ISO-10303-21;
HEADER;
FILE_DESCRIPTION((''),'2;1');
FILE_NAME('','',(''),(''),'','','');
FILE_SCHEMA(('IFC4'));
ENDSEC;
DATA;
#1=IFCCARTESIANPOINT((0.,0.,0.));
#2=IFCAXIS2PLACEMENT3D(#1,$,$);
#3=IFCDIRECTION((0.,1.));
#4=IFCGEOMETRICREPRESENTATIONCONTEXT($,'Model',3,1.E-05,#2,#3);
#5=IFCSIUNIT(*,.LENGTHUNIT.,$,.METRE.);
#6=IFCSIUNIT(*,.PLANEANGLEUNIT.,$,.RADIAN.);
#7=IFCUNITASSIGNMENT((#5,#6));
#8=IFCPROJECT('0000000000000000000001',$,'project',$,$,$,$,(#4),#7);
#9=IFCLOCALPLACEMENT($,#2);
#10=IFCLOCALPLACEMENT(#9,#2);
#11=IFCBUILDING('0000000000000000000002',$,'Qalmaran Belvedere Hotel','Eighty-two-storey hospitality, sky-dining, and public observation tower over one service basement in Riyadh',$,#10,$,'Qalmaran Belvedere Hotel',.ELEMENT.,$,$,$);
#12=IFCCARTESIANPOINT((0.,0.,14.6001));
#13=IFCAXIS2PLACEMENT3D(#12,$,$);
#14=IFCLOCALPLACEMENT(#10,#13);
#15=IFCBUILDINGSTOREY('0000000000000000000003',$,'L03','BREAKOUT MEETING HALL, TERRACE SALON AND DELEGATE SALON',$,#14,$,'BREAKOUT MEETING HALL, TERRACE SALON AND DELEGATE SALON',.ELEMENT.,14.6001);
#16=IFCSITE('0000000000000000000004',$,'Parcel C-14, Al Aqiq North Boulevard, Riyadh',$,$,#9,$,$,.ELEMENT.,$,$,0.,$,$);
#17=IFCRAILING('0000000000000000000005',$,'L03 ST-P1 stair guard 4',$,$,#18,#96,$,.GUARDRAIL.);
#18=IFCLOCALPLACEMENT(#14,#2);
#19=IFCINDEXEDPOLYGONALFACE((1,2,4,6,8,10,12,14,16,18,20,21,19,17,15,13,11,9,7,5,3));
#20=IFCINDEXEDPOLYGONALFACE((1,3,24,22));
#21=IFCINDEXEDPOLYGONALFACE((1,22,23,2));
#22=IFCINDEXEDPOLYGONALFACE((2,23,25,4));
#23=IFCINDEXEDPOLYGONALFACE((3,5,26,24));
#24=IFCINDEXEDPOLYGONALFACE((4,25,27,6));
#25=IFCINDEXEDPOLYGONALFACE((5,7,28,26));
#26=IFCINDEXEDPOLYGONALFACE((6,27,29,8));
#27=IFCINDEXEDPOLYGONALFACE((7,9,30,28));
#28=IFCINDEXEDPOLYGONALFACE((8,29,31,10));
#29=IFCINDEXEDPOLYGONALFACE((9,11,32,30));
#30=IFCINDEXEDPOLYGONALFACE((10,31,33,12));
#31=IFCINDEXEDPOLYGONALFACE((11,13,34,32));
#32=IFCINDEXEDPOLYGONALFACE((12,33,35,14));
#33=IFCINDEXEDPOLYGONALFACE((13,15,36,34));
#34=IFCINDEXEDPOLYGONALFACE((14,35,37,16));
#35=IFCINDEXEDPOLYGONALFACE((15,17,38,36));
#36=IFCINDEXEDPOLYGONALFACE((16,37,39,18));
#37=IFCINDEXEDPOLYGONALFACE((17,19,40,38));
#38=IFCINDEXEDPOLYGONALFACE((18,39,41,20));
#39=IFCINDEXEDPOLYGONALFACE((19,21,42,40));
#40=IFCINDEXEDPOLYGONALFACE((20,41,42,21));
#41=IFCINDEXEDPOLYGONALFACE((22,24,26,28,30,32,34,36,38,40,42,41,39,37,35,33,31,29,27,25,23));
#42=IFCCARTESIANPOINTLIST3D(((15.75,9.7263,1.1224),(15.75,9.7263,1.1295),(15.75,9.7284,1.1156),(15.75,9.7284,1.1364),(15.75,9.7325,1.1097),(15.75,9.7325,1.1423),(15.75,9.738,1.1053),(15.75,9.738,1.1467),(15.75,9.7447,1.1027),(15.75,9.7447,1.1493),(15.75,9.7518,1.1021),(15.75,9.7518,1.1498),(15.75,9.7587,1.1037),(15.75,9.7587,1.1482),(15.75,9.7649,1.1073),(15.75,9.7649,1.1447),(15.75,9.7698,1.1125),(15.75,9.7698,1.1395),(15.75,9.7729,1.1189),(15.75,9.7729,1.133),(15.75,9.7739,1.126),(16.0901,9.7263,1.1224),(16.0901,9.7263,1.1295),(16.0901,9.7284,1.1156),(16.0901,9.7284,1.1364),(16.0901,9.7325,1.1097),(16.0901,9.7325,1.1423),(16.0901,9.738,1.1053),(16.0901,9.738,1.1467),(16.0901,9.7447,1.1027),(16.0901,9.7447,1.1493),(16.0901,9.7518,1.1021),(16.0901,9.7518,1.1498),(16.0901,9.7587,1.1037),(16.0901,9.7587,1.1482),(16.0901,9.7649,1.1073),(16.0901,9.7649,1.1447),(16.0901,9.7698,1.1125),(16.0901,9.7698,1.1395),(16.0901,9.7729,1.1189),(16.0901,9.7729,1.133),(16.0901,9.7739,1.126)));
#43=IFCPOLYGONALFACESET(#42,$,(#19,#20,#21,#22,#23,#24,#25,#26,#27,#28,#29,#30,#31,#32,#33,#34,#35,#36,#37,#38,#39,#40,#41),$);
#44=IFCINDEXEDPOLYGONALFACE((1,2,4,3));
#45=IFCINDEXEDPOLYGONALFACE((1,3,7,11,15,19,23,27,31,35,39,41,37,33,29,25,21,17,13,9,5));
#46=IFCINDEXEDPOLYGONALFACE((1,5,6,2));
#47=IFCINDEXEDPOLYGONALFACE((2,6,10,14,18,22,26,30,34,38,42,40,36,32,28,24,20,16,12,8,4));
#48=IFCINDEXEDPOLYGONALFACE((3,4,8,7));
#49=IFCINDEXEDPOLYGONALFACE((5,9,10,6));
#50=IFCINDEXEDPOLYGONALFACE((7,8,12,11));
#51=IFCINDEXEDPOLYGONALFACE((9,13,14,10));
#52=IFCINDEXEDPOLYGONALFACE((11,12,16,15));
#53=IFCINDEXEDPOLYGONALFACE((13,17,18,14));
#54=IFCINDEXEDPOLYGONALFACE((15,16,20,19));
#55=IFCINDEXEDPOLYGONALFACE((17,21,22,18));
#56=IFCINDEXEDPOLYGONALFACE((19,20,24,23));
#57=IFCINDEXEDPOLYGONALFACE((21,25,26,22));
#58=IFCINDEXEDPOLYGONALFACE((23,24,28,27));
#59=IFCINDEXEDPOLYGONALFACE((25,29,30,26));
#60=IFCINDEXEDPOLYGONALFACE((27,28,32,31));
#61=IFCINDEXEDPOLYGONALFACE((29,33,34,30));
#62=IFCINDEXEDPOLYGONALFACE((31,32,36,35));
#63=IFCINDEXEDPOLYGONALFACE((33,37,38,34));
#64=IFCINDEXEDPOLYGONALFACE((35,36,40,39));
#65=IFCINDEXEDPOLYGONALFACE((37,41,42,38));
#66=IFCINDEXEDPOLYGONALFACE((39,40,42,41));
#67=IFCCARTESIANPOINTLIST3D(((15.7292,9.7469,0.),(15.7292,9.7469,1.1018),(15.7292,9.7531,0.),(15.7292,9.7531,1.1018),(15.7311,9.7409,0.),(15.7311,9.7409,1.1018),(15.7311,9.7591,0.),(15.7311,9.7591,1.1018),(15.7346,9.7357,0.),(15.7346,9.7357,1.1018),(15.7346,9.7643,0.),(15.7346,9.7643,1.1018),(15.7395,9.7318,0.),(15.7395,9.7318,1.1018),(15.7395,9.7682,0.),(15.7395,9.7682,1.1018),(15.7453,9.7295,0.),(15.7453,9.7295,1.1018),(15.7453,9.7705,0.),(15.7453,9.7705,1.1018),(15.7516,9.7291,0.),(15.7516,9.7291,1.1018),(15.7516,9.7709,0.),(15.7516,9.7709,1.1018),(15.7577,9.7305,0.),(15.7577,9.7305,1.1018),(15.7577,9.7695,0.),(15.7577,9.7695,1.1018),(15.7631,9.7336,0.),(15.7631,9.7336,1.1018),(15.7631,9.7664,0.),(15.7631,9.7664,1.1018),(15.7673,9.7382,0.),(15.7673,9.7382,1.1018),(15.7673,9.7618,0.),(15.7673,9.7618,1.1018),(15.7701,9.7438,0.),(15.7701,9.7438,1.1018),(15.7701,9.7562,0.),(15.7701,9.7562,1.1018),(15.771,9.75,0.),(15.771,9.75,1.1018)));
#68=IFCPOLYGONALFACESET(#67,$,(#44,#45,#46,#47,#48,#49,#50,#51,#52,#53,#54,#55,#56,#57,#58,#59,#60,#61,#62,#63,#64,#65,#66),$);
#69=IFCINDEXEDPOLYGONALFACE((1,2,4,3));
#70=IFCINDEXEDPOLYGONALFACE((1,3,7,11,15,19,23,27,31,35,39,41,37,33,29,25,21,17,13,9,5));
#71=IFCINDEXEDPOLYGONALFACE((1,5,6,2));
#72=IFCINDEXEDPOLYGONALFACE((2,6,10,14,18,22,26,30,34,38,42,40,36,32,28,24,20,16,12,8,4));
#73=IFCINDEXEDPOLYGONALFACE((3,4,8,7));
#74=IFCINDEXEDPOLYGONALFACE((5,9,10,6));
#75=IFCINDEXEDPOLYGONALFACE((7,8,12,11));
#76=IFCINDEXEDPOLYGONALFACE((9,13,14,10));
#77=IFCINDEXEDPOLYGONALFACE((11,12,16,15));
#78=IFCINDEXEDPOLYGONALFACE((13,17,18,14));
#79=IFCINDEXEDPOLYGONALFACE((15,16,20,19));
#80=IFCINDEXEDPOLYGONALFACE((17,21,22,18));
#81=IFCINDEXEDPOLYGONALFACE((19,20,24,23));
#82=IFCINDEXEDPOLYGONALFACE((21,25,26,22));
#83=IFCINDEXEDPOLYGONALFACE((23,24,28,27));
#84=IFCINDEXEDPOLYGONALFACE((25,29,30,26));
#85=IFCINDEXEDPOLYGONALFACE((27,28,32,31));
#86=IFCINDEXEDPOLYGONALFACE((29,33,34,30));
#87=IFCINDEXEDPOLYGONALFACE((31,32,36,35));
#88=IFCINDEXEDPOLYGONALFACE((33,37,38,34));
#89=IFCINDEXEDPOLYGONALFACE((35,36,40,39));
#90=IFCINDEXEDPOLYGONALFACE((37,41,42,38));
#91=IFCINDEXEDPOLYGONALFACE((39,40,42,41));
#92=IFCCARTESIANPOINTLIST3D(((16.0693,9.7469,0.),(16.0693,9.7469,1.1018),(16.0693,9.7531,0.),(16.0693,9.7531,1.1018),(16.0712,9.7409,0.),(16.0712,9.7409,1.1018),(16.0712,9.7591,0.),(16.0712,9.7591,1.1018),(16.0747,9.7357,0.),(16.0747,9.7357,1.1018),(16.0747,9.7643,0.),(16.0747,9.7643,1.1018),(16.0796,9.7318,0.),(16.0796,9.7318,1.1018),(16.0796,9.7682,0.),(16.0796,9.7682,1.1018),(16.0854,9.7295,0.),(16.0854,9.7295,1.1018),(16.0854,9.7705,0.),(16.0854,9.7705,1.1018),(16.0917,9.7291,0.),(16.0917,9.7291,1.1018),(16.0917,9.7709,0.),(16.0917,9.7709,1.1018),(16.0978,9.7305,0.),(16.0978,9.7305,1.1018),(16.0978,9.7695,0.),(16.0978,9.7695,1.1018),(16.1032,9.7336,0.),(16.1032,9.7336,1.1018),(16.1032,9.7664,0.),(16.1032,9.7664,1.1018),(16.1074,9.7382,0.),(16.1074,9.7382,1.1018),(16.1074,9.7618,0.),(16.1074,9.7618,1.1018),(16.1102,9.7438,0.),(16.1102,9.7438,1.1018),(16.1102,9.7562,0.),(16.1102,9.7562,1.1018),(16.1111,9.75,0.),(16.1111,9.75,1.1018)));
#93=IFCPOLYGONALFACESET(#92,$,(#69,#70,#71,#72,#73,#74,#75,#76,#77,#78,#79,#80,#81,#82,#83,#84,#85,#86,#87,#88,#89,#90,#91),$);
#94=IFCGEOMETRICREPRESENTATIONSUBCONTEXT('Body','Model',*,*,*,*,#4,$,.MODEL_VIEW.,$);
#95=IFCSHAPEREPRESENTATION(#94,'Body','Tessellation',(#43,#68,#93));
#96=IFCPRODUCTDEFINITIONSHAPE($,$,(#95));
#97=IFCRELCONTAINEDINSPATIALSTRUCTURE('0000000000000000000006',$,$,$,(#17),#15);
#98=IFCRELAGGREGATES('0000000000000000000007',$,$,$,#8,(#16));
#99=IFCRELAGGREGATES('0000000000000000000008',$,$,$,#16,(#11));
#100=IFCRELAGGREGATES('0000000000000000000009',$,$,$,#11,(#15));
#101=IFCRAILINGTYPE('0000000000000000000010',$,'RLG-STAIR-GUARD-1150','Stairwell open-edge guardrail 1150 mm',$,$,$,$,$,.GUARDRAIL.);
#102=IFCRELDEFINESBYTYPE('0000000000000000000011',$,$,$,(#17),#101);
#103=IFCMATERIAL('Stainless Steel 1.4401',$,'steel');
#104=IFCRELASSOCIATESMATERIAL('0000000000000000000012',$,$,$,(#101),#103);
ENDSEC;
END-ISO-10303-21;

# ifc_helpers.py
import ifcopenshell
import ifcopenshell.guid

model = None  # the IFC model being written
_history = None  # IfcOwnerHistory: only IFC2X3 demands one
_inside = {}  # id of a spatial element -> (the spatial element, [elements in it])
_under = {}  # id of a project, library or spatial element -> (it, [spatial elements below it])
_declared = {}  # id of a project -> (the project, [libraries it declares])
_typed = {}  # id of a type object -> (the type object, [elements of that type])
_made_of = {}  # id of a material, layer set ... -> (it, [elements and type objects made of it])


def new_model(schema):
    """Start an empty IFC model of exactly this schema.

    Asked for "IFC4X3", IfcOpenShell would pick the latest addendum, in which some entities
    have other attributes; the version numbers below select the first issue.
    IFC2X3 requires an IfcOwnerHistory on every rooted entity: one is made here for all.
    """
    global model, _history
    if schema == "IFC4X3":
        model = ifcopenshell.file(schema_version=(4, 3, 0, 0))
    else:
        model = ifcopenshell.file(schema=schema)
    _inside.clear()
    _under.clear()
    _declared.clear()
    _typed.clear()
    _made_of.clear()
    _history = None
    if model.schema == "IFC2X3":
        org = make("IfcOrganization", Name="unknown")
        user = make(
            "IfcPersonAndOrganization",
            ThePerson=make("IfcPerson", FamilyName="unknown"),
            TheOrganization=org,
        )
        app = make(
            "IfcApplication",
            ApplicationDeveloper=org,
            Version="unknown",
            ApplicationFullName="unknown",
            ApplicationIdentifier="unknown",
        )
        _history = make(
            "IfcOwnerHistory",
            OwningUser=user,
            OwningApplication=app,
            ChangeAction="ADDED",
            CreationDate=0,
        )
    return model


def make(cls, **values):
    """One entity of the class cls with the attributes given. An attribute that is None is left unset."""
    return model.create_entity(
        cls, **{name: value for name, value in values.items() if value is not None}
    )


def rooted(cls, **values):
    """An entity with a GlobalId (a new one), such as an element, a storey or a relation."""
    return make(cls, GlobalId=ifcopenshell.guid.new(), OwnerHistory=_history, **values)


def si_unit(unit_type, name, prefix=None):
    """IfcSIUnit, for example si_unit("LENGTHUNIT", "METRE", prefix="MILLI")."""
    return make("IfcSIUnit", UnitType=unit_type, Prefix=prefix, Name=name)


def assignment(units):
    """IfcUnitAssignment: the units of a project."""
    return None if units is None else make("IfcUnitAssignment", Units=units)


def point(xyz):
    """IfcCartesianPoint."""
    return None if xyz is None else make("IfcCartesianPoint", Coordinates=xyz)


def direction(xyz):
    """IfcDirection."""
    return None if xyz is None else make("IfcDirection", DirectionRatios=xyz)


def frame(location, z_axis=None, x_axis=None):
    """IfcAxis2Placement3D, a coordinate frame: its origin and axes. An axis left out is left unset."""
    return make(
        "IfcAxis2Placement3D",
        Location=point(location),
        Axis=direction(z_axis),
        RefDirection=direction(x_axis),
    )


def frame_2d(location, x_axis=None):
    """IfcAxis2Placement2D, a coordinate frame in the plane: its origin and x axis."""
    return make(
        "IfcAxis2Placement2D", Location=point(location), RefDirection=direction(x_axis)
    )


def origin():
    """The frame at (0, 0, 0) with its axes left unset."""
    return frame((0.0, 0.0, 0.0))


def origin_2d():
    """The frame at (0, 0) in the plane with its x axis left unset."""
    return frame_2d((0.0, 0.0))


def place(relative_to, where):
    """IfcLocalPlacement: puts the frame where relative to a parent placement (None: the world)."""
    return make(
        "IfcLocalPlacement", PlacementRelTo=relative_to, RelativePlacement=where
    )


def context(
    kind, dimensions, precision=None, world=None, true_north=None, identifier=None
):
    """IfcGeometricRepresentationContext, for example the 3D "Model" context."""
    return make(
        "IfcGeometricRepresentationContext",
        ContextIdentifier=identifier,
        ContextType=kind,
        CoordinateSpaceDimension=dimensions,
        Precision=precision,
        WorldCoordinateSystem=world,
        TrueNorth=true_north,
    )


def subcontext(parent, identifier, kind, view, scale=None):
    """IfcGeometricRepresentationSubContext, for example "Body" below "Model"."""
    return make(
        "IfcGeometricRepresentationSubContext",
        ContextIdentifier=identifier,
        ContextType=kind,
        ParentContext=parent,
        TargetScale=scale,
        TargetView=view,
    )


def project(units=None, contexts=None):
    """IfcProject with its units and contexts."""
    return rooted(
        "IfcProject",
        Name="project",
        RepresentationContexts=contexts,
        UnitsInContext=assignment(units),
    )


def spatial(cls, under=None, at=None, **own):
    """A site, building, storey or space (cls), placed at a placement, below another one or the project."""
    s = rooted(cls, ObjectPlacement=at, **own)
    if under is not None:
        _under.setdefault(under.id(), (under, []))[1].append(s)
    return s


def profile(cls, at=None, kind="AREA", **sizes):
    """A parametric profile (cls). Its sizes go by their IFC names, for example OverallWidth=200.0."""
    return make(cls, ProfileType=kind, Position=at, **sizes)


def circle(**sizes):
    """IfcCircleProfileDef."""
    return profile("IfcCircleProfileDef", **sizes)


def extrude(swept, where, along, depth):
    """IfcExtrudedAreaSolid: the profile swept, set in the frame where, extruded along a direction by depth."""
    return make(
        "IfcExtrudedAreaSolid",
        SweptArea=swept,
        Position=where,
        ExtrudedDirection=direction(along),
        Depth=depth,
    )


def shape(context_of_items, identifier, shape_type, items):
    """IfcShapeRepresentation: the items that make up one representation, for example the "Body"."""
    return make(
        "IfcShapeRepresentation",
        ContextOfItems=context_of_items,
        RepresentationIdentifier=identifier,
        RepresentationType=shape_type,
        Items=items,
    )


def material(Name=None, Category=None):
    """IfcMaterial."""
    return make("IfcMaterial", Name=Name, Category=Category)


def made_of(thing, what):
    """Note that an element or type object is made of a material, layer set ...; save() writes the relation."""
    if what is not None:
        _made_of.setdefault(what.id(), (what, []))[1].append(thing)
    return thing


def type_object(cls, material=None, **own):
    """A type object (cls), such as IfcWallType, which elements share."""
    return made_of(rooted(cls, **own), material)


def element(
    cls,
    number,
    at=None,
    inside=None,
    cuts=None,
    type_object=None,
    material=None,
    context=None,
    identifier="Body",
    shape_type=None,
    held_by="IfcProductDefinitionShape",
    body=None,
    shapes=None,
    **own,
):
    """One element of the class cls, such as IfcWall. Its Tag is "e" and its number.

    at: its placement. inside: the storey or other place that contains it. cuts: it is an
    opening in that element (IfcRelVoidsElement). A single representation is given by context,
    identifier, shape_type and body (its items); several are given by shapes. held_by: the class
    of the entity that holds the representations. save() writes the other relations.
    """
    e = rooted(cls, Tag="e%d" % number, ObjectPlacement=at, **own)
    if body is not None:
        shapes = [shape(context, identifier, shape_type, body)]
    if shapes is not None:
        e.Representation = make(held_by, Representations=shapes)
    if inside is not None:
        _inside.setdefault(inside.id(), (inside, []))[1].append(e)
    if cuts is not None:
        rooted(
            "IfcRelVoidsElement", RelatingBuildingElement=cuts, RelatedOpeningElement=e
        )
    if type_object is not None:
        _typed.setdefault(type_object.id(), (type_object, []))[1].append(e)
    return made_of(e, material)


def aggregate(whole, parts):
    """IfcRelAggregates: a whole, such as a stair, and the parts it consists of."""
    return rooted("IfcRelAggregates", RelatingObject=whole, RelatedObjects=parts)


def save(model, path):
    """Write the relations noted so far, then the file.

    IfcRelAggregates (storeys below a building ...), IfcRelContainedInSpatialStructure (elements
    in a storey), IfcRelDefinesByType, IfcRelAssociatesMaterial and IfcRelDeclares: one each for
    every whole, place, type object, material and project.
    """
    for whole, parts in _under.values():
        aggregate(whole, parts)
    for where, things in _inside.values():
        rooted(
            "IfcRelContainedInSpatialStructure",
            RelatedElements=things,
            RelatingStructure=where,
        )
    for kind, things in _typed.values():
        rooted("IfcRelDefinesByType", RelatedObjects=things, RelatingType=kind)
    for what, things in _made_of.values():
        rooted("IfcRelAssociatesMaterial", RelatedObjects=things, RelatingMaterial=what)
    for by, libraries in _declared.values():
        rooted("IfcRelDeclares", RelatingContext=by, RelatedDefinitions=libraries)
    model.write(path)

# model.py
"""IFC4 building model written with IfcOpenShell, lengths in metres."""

from ifc_helpers import new_model, si_unit, direction, frame, origin, origin_2d, place, context, subcontext, project, spatial, circle, extrude, material, type_object, element, save


model = new_model("IFC4")

# Units and contexts
model_context = context("Model", 3, precision=1e-05, world=origin(), true_north=direction((0.0, 1.0)))
body_context = subcontext(model_context, "Body", "Model", "MODEL_VIEW")
ifc_project = project(units=[si_unit("LENGTHUNIT", "METRE"), si_unit("PLANEANGLEUNIT", "RADIAN")], contexts=[model_context])

# Site, building, storey
site_placement = place(None, origin())
site = spatial("IfcSite", under=ifc_project, at=site_placement, Name="Parcel C-14, Al Aqiq North Boulevard, Riyadh", CompositionType="ELEMENT", RefElevation=0.0)
building_placement = place(site_placement, origin())
building = spatial("IfcBuilding", under=site, at=building_placement, Name="Qalmaran Belvedere Hotel", Description="Eighty-two-storey hospitality, sky-dining, and public observation tower over one service basement in Riyadh", LongName="Qalmaran Belvedere Hotel", CompositionType="ELEMENT")
storey_placement = place(building_placement, frame((0.0, 0.0, 14.6001)))
storey = spatial("IfcBuildingStorey", under=building, at=storey_placement, Name="L03", Description="BREAKOUT MEETING HALL, TERRACE SALON AND DELEGATE SALON", LongName="BREAKOUT MEETING HALL, TERRACE SALON AND DELEGATE SALON", CompositionType="ELEMENT", Elevation=14.6001)

# Railing
ifc_material_1 = material(Name="Stainless Steel 1.4401", Category="steel")
railing_type_1 = type_object("IfcRailingType", Name="RLG-STAIR-GUARD-1150", Description="Stairwell open-edge guardrail 1150 mm", PredefinedType="GUARDRAIL", material=ifc_material_1)
railing_1_placement = place(storey_placement, frame((15.75, 9.75, 0.0)))
element("IfcRailing", 1, at=railing_1_placement, inside=storey, type_object=railing_type_1, Name="L03 ST-P1 stair guard 4", PredefinedType="GUARDRAIL", context=body_context, shape_type="SweptSolid", body=[
    extrude(circle(Radius=0.0239, at=origin_2d()), frame((0.0, 0.0, 1.126), z_axis=(1.0, 0.0, 0.0), x_axis=(0.0, 1.0, 0.0)), (0.0, 0.0, 1.0), 0.3401),
    extrude(circle(Radius=0.021, at=origin_2d()), origin(), (0.0, 0.0, 1.0), 1.1018),
    extrude(circle(Radius=0.021, at=origin_2d()), frame((0.3401, 0.0, 0.0)), (0.0, 0.0, 1.0), 1.1018),
])

save(model, "model.ifc")
